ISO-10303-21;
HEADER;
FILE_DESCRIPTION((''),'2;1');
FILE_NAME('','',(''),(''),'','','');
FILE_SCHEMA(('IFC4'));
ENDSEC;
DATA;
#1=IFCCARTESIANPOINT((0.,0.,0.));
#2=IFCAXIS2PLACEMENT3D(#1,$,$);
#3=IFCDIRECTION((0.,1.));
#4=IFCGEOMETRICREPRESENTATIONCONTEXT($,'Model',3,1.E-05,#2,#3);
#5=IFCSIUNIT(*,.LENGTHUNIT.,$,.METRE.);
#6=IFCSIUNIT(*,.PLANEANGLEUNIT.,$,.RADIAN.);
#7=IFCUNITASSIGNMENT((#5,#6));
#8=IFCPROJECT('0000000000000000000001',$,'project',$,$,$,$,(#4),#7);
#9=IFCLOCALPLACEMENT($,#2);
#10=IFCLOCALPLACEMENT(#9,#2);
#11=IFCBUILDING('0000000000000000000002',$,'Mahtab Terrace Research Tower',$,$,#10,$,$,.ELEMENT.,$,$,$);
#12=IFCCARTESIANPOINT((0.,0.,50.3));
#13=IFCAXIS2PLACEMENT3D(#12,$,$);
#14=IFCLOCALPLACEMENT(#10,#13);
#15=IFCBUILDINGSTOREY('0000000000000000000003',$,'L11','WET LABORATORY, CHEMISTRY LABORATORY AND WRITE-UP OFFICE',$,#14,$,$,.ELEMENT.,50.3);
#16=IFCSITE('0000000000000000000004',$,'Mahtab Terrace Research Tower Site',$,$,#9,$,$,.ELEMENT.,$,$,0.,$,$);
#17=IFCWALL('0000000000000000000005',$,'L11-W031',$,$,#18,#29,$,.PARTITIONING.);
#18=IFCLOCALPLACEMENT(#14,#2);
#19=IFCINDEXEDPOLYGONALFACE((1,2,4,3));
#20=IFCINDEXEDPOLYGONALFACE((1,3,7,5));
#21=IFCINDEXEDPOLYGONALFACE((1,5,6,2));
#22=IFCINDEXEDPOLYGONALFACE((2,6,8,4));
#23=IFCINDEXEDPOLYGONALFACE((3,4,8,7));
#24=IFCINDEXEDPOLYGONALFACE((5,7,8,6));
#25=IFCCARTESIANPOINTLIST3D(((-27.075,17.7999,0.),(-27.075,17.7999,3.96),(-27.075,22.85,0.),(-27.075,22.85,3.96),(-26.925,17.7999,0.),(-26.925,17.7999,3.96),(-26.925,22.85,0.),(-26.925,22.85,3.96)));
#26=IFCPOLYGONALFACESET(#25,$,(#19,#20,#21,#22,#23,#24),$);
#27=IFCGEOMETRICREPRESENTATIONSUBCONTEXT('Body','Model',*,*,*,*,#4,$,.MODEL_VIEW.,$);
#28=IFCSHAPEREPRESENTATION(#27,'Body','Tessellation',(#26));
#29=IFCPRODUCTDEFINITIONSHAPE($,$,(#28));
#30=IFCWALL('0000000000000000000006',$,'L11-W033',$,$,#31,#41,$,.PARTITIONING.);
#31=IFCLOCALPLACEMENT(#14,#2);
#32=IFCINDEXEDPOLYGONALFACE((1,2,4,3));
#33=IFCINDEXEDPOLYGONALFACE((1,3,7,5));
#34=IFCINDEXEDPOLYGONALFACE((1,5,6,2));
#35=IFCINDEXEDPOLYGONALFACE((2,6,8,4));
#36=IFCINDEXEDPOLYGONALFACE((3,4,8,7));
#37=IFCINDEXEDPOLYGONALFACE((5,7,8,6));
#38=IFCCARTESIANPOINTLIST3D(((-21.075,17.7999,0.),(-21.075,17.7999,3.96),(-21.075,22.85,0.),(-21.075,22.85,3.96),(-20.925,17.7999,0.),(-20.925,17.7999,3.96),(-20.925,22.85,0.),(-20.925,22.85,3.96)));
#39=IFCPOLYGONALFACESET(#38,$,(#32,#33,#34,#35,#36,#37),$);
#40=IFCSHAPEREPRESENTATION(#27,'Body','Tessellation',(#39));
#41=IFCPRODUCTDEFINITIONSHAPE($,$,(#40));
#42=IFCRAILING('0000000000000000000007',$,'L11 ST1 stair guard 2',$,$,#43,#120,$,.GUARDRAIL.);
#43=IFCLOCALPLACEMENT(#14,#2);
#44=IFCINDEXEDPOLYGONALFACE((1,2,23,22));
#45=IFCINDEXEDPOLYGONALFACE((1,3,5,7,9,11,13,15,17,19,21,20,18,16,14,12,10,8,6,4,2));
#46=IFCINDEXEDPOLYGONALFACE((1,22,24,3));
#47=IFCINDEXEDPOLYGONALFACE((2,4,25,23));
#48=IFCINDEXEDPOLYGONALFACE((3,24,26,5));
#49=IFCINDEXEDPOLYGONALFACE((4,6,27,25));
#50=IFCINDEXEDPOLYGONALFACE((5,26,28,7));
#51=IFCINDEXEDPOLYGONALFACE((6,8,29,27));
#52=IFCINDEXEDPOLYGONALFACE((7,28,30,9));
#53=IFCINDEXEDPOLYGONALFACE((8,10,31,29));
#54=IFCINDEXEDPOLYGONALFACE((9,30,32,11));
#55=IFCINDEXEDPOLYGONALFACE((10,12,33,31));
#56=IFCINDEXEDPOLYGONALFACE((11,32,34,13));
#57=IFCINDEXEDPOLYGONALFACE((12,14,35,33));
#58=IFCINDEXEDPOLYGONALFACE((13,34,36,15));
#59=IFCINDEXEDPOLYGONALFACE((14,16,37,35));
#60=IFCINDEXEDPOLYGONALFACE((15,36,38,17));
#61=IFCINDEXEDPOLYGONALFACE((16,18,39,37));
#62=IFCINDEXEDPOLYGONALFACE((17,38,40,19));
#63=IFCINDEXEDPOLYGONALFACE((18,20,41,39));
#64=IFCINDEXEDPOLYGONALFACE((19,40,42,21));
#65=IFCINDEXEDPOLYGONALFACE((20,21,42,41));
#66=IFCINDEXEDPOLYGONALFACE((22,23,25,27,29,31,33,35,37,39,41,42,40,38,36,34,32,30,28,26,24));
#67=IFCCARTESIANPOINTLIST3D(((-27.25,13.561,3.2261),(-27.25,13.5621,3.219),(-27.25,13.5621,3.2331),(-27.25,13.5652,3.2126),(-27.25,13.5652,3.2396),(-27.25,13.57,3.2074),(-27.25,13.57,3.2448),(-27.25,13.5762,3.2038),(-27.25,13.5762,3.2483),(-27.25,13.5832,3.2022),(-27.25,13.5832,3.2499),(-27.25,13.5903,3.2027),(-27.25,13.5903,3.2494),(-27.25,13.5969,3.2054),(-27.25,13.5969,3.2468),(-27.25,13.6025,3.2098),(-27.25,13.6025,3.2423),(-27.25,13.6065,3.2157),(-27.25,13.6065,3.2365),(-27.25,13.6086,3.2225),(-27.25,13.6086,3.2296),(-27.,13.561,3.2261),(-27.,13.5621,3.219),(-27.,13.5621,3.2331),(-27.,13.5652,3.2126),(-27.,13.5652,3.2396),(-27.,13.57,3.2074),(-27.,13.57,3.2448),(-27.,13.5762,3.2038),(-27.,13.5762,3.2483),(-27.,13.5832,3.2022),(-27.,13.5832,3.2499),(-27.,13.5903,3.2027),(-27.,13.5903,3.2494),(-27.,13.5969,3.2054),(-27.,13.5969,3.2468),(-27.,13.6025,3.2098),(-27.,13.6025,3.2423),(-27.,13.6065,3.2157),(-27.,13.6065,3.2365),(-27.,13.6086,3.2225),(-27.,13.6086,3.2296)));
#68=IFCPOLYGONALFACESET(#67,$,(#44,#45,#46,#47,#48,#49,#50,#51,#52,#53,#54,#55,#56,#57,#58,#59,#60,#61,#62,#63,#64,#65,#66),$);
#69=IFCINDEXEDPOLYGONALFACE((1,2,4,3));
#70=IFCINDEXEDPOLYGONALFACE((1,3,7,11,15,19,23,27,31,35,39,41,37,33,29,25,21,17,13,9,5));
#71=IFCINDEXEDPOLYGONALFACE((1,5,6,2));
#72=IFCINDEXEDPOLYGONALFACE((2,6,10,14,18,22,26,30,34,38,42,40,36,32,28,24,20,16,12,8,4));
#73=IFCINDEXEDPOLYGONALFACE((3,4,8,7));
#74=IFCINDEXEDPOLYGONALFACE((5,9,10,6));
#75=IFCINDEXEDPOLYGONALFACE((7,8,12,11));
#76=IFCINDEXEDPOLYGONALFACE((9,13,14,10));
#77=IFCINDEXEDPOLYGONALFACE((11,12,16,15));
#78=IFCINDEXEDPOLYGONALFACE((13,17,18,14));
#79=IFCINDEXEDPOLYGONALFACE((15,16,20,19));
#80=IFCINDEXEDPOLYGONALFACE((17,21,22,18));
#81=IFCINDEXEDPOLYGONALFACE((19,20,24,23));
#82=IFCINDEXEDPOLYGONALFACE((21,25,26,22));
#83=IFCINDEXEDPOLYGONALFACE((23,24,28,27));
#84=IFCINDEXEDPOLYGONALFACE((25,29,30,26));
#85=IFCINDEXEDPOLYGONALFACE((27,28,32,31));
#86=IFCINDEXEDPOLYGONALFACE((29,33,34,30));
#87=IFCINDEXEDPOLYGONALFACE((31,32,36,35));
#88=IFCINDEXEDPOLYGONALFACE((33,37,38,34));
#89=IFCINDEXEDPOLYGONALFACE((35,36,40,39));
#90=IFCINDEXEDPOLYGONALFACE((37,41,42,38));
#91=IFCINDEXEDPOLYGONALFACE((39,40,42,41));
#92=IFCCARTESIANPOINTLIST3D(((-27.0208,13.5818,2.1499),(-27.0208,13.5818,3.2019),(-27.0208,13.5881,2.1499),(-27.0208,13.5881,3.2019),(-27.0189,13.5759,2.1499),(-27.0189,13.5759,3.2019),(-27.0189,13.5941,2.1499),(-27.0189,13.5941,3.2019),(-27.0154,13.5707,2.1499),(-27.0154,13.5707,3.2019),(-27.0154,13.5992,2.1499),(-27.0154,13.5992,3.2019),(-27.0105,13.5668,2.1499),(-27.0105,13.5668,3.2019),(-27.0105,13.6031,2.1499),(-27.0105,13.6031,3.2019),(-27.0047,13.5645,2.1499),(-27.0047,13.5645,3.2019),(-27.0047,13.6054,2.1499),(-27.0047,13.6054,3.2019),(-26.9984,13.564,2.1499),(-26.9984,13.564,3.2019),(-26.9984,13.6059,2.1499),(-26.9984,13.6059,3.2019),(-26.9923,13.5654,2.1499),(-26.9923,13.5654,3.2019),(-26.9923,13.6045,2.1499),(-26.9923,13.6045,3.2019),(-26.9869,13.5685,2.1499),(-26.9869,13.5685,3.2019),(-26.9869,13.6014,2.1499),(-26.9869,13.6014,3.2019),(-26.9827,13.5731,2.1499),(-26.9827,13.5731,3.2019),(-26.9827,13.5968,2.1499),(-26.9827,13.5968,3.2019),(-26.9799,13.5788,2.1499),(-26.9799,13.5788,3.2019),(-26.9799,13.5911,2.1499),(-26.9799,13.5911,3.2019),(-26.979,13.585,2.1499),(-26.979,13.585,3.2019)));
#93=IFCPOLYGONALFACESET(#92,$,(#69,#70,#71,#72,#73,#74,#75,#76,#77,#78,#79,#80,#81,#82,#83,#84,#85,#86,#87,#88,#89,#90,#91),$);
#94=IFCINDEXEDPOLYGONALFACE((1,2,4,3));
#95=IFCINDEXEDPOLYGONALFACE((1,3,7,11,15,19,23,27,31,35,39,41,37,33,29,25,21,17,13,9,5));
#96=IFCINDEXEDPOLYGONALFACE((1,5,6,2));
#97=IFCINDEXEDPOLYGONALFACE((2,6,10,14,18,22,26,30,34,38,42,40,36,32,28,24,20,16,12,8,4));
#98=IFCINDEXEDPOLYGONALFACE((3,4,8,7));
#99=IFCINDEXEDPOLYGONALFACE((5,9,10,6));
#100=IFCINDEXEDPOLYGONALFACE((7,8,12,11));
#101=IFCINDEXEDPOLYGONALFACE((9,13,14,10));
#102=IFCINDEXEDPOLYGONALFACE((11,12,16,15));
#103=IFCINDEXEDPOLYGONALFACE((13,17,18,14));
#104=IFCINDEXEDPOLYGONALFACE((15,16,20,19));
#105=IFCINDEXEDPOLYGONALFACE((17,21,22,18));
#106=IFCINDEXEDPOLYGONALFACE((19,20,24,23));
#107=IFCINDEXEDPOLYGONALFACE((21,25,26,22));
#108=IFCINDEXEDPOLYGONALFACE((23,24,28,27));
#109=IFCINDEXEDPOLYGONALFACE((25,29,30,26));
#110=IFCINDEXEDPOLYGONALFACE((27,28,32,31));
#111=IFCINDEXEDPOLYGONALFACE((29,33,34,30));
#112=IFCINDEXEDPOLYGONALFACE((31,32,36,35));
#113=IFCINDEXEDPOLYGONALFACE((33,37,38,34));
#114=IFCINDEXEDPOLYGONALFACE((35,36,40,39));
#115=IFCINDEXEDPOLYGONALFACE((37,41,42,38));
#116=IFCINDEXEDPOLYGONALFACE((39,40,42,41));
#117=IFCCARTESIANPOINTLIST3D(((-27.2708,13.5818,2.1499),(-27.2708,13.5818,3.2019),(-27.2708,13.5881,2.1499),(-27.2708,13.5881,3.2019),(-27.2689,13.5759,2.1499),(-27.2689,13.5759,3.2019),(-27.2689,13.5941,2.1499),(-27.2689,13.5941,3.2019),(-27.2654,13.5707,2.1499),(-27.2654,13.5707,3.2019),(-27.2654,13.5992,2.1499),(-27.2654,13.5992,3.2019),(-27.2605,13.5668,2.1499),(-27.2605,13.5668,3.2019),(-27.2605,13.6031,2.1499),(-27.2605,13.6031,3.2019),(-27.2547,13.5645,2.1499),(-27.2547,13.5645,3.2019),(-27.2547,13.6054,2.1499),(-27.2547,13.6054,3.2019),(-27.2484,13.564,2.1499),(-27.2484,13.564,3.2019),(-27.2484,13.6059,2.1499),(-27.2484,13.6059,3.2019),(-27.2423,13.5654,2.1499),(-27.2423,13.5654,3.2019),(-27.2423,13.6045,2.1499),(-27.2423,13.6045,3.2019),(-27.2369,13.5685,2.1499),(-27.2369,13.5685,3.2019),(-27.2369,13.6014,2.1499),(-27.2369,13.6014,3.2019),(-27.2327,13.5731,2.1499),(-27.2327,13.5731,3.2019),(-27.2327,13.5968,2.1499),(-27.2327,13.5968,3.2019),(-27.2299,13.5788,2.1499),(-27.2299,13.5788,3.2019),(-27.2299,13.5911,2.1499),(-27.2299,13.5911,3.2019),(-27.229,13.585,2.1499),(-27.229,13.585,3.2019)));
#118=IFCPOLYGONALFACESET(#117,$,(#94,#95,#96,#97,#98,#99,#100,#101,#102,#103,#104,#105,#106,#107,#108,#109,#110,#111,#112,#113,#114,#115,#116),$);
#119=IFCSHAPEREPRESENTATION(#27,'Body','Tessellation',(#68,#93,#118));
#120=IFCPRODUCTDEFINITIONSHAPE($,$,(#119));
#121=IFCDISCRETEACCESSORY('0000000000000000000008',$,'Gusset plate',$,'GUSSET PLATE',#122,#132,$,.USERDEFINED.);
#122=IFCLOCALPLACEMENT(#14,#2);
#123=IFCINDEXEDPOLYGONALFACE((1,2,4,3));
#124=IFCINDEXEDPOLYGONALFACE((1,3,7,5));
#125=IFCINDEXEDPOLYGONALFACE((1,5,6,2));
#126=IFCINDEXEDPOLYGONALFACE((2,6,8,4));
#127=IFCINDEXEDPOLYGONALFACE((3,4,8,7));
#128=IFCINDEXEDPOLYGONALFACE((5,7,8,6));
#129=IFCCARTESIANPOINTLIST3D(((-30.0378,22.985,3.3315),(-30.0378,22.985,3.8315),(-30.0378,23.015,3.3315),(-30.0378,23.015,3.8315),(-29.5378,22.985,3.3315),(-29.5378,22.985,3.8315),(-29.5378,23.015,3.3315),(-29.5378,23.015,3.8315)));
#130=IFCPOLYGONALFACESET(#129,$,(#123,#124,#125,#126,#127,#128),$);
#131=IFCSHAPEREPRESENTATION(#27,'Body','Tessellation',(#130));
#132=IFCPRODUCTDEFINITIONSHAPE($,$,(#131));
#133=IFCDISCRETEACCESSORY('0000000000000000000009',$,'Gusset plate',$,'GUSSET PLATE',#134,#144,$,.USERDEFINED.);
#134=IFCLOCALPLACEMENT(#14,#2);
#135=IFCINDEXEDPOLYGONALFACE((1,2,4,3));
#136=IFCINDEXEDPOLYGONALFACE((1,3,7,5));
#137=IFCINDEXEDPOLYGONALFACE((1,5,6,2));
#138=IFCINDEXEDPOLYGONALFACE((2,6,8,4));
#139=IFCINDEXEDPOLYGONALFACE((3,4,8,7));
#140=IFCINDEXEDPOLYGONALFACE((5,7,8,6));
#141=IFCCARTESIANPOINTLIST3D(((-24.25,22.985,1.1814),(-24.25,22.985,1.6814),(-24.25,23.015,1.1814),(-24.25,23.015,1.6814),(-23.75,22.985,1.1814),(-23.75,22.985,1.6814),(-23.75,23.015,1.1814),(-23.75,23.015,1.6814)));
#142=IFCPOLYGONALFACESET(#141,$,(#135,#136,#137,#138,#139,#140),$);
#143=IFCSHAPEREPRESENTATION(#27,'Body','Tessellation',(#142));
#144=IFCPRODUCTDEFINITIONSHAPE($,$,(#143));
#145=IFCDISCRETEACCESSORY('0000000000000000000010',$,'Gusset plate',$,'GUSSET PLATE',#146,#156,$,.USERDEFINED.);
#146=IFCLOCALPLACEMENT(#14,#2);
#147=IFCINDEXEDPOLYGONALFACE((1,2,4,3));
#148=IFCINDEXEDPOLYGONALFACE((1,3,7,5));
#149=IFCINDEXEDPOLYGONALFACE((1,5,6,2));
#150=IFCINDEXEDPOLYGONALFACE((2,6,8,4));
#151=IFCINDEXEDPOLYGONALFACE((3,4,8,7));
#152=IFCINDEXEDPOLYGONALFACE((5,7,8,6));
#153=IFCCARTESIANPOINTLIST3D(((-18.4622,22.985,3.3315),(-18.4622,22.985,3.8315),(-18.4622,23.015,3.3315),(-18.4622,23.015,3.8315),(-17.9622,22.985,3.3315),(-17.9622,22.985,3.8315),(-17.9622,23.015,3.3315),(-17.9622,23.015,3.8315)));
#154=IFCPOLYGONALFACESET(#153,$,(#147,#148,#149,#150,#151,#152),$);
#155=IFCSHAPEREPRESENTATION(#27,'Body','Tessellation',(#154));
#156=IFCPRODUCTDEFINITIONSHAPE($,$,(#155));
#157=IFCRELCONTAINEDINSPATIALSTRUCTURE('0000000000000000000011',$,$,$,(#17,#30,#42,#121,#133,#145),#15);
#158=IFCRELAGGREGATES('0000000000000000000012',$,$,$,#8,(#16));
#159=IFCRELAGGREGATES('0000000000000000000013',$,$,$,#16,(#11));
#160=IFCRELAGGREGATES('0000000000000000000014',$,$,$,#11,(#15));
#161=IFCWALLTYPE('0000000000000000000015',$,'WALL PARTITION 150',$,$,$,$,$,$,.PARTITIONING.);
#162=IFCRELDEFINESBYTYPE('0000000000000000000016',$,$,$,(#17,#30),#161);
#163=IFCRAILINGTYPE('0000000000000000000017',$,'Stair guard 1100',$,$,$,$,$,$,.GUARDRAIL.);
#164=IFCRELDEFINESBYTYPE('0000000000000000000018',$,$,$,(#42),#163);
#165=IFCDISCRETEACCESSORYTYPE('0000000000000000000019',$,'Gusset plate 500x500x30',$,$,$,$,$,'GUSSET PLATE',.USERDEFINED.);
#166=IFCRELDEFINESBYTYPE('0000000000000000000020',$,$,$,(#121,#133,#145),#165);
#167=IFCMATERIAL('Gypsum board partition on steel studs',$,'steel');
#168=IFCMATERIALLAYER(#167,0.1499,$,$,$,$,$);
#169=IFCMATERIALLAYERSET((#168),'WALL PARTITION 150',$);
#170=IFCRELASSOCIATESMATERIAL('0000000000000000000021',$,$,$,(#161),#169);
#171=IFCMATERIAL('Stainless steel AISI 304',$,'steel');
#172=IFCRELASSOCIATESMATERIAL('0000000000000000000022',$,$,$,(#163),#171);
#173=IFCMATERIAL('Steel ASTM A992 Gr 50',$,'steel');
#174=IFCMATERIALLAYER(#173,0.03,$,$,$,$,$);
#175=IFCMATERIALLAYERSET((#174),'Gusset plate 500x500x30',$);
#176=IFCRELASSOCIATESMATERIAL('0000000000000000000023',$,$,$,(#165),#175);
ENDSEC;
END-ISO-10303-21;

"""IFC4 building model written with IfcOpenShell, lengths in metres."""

from ifc_helpers import new_model, si_unit, direction, frame, frame_2d, origin, origin_2d, place, context, subcontext, project, spatial, rectangle, circle, extrude, material, layer, layer_set, type_object, element, save


model = new_model("IFC4")

# Units and contexts
model_context = context("Model", 3, precision=1e-05, world=origin(), true_north=direction((0.0, 1.0)))
body_context = subcontext(model_context, "Body", "Model", "MODEL_VIEW")
ifc_project = project(units=[si_unit("LENGTHUNIT", "METRE"), si_unit("PLANEANGLEUNIT", "RADIAN")], contexts=[model_context])

# Site, building, storey
site_placement = place(None, origin())
site = spatial("IfcSite", under=ifc_project, at=site_placement, Name="Mahtab Terrace Research Tower Site", CompositionType="ELEMENT", RefElevation=0.0)
building_placement = place(site_placement, origin())
building = spatial("IfcBuilding", under=site, at=building_placement, Name="Mahtab Terrace Research Tower", CompositionType="ELEMENT")
storey_placement = place(building_placement, frame((0.0, 0.0, 50.3)))
storey = spatial("IfcBuildingStorey", under=building, at=storey_placement, Name="L11", Description="WET LABORATORY, CHEMISTRY LABORATORY AND WRITE-UP OFFICE", CompositionType="ELEMENT", Elevation=50.3)

# Shared definitions
ifc_material_1 = material(Name="Steel ASTM A992 Gr 50", Category="steel")

# Shared definitions
ifc_material_2 = material(Name="Stainless steel AISI 304", Category="steel")

# Walls
ifc_material_3 = material(Name="Gypsum board partition on steel studs", Category="steel")
ifc_layer_1 = layer(ifc_material_3, 0.1499)
ifc_layer_set_1 = layer_set([ifc_layer_1], Name="WALL PARTITION 150")
wall_type_1 = type_object("IfcWallType", Name="WALL PARTITION 150", PredefinedType="PARTITIONING", material=ifc_layer_set_1)
for number, where, z_axis, x_axis, name in (
    (1, (-27.0, 17.8, 0.0), (0.0, 0.0, 1.0), (0.0, 1.0, 0.0), "L11-W031"),
    (2, (-21.0, 17.8, 0.0), (0.0, 0.0, 1.0), (0.0, 1.0, 0.0), "L11-W033"),
):
    element("IfcWall", number, at=place(storey_placement, frame(where, z_axis=z_axis, x_axis=x_axis)), inside=storey, type_object=wall_type_1, Name=name, PredefinedType="PARTITIONING", context=body_context, shape_type="SweptSolid", body=[
        extrude(rectangle(XDim=5.05, YDim=0.1499, at=frame_2d((2.5249, 0.0))), origin(), (0.0, 0.0, 1.0), 3.96),
    ])

# Railing
railing_type = type_object("IfcRailingType", Name="Stair guard 1100", PredefinedType="GUARDRAIL", material=ifc_material_2)
railing_placement = place(storey_placement, frame((-27.0, 13.585, 2.1499)))
element("IfcRailing", 3, at=railing_placement, inside=storey, type_object=railing_type, Name="L11 ST1 stair guard 2", PredefinedType="GUARDRAIL", context=body_context, shape_type="SweptSolid", body=[
    extrude(circle(Radius=0.0239, at=origin_2d()), frame((0.0, 0.0, 1.0762), z_axis=(-1.0, 0.0, 0.0), x_axis=(0.0, -1.0, 0.0)), (0.0, 0.0, 1.0), 0.25),
    extrude(circle(Radius=0.021, at=origin_2d()), origin(), (0.0, 0.0, 1.0), 1.052),
    extrude(circle(Radius=0.021, at=origin_2d()), frame((-0.25, 0.0, 0.0)), (0.0, 0.0, 1.0), 1.052),
])

# Discrete accessories
ifc_layer_2 = layer(ifc_material_1, 0.03)
ifc_layer_set_2 = layer_set([ifc_layer_2], Name="Gusset plate 500x500x30")
discrete_accessory_type = type_object("IfcDiscreteAccessoryType", Name="Gusset plate 500x500x30", ElementType="GUSSET PLATE", PredefinedType="USERDEFINED", material=ifc_layer_set_2)
for number, where, z_axis, x_axis, name in (
    (4, (-29.7878, 23.0, 3.3315), (0.0, 0.0, 1.0), (1.0, 0.0, 0.0), "Gusset plate"),
    (5, (-24.0, 23.0, 1.1814), (0.0, 0.0, 1.0), (1.0, 0.0, 0.0), "Gusset plate"),
    (6, (-18.2122, 23.0, 3.3315), (0.0, 0.0, 1.0), (1.0, 0.0, 0.0), "Gusset plate"),
):
    element("IfcDiscreteAccessory", number, at=place(storey_placement, frame(where, z_axis=z_axis, x_axis=x_axis)), inside=storey, type_object=discrete_accessory_type, Name=name, ObjectType="GUSSET PLATE", PredefinedType="USERDEFINED", context=body_context, shape_type="SweptSolid", body=[
        extrude(rectangle(XDim=0.5, YDim=0.03, at=origin_2d()), origin(), (0.0, 0.0, 1.0), 0.5),
    ])

save(model, "model.ifc")
